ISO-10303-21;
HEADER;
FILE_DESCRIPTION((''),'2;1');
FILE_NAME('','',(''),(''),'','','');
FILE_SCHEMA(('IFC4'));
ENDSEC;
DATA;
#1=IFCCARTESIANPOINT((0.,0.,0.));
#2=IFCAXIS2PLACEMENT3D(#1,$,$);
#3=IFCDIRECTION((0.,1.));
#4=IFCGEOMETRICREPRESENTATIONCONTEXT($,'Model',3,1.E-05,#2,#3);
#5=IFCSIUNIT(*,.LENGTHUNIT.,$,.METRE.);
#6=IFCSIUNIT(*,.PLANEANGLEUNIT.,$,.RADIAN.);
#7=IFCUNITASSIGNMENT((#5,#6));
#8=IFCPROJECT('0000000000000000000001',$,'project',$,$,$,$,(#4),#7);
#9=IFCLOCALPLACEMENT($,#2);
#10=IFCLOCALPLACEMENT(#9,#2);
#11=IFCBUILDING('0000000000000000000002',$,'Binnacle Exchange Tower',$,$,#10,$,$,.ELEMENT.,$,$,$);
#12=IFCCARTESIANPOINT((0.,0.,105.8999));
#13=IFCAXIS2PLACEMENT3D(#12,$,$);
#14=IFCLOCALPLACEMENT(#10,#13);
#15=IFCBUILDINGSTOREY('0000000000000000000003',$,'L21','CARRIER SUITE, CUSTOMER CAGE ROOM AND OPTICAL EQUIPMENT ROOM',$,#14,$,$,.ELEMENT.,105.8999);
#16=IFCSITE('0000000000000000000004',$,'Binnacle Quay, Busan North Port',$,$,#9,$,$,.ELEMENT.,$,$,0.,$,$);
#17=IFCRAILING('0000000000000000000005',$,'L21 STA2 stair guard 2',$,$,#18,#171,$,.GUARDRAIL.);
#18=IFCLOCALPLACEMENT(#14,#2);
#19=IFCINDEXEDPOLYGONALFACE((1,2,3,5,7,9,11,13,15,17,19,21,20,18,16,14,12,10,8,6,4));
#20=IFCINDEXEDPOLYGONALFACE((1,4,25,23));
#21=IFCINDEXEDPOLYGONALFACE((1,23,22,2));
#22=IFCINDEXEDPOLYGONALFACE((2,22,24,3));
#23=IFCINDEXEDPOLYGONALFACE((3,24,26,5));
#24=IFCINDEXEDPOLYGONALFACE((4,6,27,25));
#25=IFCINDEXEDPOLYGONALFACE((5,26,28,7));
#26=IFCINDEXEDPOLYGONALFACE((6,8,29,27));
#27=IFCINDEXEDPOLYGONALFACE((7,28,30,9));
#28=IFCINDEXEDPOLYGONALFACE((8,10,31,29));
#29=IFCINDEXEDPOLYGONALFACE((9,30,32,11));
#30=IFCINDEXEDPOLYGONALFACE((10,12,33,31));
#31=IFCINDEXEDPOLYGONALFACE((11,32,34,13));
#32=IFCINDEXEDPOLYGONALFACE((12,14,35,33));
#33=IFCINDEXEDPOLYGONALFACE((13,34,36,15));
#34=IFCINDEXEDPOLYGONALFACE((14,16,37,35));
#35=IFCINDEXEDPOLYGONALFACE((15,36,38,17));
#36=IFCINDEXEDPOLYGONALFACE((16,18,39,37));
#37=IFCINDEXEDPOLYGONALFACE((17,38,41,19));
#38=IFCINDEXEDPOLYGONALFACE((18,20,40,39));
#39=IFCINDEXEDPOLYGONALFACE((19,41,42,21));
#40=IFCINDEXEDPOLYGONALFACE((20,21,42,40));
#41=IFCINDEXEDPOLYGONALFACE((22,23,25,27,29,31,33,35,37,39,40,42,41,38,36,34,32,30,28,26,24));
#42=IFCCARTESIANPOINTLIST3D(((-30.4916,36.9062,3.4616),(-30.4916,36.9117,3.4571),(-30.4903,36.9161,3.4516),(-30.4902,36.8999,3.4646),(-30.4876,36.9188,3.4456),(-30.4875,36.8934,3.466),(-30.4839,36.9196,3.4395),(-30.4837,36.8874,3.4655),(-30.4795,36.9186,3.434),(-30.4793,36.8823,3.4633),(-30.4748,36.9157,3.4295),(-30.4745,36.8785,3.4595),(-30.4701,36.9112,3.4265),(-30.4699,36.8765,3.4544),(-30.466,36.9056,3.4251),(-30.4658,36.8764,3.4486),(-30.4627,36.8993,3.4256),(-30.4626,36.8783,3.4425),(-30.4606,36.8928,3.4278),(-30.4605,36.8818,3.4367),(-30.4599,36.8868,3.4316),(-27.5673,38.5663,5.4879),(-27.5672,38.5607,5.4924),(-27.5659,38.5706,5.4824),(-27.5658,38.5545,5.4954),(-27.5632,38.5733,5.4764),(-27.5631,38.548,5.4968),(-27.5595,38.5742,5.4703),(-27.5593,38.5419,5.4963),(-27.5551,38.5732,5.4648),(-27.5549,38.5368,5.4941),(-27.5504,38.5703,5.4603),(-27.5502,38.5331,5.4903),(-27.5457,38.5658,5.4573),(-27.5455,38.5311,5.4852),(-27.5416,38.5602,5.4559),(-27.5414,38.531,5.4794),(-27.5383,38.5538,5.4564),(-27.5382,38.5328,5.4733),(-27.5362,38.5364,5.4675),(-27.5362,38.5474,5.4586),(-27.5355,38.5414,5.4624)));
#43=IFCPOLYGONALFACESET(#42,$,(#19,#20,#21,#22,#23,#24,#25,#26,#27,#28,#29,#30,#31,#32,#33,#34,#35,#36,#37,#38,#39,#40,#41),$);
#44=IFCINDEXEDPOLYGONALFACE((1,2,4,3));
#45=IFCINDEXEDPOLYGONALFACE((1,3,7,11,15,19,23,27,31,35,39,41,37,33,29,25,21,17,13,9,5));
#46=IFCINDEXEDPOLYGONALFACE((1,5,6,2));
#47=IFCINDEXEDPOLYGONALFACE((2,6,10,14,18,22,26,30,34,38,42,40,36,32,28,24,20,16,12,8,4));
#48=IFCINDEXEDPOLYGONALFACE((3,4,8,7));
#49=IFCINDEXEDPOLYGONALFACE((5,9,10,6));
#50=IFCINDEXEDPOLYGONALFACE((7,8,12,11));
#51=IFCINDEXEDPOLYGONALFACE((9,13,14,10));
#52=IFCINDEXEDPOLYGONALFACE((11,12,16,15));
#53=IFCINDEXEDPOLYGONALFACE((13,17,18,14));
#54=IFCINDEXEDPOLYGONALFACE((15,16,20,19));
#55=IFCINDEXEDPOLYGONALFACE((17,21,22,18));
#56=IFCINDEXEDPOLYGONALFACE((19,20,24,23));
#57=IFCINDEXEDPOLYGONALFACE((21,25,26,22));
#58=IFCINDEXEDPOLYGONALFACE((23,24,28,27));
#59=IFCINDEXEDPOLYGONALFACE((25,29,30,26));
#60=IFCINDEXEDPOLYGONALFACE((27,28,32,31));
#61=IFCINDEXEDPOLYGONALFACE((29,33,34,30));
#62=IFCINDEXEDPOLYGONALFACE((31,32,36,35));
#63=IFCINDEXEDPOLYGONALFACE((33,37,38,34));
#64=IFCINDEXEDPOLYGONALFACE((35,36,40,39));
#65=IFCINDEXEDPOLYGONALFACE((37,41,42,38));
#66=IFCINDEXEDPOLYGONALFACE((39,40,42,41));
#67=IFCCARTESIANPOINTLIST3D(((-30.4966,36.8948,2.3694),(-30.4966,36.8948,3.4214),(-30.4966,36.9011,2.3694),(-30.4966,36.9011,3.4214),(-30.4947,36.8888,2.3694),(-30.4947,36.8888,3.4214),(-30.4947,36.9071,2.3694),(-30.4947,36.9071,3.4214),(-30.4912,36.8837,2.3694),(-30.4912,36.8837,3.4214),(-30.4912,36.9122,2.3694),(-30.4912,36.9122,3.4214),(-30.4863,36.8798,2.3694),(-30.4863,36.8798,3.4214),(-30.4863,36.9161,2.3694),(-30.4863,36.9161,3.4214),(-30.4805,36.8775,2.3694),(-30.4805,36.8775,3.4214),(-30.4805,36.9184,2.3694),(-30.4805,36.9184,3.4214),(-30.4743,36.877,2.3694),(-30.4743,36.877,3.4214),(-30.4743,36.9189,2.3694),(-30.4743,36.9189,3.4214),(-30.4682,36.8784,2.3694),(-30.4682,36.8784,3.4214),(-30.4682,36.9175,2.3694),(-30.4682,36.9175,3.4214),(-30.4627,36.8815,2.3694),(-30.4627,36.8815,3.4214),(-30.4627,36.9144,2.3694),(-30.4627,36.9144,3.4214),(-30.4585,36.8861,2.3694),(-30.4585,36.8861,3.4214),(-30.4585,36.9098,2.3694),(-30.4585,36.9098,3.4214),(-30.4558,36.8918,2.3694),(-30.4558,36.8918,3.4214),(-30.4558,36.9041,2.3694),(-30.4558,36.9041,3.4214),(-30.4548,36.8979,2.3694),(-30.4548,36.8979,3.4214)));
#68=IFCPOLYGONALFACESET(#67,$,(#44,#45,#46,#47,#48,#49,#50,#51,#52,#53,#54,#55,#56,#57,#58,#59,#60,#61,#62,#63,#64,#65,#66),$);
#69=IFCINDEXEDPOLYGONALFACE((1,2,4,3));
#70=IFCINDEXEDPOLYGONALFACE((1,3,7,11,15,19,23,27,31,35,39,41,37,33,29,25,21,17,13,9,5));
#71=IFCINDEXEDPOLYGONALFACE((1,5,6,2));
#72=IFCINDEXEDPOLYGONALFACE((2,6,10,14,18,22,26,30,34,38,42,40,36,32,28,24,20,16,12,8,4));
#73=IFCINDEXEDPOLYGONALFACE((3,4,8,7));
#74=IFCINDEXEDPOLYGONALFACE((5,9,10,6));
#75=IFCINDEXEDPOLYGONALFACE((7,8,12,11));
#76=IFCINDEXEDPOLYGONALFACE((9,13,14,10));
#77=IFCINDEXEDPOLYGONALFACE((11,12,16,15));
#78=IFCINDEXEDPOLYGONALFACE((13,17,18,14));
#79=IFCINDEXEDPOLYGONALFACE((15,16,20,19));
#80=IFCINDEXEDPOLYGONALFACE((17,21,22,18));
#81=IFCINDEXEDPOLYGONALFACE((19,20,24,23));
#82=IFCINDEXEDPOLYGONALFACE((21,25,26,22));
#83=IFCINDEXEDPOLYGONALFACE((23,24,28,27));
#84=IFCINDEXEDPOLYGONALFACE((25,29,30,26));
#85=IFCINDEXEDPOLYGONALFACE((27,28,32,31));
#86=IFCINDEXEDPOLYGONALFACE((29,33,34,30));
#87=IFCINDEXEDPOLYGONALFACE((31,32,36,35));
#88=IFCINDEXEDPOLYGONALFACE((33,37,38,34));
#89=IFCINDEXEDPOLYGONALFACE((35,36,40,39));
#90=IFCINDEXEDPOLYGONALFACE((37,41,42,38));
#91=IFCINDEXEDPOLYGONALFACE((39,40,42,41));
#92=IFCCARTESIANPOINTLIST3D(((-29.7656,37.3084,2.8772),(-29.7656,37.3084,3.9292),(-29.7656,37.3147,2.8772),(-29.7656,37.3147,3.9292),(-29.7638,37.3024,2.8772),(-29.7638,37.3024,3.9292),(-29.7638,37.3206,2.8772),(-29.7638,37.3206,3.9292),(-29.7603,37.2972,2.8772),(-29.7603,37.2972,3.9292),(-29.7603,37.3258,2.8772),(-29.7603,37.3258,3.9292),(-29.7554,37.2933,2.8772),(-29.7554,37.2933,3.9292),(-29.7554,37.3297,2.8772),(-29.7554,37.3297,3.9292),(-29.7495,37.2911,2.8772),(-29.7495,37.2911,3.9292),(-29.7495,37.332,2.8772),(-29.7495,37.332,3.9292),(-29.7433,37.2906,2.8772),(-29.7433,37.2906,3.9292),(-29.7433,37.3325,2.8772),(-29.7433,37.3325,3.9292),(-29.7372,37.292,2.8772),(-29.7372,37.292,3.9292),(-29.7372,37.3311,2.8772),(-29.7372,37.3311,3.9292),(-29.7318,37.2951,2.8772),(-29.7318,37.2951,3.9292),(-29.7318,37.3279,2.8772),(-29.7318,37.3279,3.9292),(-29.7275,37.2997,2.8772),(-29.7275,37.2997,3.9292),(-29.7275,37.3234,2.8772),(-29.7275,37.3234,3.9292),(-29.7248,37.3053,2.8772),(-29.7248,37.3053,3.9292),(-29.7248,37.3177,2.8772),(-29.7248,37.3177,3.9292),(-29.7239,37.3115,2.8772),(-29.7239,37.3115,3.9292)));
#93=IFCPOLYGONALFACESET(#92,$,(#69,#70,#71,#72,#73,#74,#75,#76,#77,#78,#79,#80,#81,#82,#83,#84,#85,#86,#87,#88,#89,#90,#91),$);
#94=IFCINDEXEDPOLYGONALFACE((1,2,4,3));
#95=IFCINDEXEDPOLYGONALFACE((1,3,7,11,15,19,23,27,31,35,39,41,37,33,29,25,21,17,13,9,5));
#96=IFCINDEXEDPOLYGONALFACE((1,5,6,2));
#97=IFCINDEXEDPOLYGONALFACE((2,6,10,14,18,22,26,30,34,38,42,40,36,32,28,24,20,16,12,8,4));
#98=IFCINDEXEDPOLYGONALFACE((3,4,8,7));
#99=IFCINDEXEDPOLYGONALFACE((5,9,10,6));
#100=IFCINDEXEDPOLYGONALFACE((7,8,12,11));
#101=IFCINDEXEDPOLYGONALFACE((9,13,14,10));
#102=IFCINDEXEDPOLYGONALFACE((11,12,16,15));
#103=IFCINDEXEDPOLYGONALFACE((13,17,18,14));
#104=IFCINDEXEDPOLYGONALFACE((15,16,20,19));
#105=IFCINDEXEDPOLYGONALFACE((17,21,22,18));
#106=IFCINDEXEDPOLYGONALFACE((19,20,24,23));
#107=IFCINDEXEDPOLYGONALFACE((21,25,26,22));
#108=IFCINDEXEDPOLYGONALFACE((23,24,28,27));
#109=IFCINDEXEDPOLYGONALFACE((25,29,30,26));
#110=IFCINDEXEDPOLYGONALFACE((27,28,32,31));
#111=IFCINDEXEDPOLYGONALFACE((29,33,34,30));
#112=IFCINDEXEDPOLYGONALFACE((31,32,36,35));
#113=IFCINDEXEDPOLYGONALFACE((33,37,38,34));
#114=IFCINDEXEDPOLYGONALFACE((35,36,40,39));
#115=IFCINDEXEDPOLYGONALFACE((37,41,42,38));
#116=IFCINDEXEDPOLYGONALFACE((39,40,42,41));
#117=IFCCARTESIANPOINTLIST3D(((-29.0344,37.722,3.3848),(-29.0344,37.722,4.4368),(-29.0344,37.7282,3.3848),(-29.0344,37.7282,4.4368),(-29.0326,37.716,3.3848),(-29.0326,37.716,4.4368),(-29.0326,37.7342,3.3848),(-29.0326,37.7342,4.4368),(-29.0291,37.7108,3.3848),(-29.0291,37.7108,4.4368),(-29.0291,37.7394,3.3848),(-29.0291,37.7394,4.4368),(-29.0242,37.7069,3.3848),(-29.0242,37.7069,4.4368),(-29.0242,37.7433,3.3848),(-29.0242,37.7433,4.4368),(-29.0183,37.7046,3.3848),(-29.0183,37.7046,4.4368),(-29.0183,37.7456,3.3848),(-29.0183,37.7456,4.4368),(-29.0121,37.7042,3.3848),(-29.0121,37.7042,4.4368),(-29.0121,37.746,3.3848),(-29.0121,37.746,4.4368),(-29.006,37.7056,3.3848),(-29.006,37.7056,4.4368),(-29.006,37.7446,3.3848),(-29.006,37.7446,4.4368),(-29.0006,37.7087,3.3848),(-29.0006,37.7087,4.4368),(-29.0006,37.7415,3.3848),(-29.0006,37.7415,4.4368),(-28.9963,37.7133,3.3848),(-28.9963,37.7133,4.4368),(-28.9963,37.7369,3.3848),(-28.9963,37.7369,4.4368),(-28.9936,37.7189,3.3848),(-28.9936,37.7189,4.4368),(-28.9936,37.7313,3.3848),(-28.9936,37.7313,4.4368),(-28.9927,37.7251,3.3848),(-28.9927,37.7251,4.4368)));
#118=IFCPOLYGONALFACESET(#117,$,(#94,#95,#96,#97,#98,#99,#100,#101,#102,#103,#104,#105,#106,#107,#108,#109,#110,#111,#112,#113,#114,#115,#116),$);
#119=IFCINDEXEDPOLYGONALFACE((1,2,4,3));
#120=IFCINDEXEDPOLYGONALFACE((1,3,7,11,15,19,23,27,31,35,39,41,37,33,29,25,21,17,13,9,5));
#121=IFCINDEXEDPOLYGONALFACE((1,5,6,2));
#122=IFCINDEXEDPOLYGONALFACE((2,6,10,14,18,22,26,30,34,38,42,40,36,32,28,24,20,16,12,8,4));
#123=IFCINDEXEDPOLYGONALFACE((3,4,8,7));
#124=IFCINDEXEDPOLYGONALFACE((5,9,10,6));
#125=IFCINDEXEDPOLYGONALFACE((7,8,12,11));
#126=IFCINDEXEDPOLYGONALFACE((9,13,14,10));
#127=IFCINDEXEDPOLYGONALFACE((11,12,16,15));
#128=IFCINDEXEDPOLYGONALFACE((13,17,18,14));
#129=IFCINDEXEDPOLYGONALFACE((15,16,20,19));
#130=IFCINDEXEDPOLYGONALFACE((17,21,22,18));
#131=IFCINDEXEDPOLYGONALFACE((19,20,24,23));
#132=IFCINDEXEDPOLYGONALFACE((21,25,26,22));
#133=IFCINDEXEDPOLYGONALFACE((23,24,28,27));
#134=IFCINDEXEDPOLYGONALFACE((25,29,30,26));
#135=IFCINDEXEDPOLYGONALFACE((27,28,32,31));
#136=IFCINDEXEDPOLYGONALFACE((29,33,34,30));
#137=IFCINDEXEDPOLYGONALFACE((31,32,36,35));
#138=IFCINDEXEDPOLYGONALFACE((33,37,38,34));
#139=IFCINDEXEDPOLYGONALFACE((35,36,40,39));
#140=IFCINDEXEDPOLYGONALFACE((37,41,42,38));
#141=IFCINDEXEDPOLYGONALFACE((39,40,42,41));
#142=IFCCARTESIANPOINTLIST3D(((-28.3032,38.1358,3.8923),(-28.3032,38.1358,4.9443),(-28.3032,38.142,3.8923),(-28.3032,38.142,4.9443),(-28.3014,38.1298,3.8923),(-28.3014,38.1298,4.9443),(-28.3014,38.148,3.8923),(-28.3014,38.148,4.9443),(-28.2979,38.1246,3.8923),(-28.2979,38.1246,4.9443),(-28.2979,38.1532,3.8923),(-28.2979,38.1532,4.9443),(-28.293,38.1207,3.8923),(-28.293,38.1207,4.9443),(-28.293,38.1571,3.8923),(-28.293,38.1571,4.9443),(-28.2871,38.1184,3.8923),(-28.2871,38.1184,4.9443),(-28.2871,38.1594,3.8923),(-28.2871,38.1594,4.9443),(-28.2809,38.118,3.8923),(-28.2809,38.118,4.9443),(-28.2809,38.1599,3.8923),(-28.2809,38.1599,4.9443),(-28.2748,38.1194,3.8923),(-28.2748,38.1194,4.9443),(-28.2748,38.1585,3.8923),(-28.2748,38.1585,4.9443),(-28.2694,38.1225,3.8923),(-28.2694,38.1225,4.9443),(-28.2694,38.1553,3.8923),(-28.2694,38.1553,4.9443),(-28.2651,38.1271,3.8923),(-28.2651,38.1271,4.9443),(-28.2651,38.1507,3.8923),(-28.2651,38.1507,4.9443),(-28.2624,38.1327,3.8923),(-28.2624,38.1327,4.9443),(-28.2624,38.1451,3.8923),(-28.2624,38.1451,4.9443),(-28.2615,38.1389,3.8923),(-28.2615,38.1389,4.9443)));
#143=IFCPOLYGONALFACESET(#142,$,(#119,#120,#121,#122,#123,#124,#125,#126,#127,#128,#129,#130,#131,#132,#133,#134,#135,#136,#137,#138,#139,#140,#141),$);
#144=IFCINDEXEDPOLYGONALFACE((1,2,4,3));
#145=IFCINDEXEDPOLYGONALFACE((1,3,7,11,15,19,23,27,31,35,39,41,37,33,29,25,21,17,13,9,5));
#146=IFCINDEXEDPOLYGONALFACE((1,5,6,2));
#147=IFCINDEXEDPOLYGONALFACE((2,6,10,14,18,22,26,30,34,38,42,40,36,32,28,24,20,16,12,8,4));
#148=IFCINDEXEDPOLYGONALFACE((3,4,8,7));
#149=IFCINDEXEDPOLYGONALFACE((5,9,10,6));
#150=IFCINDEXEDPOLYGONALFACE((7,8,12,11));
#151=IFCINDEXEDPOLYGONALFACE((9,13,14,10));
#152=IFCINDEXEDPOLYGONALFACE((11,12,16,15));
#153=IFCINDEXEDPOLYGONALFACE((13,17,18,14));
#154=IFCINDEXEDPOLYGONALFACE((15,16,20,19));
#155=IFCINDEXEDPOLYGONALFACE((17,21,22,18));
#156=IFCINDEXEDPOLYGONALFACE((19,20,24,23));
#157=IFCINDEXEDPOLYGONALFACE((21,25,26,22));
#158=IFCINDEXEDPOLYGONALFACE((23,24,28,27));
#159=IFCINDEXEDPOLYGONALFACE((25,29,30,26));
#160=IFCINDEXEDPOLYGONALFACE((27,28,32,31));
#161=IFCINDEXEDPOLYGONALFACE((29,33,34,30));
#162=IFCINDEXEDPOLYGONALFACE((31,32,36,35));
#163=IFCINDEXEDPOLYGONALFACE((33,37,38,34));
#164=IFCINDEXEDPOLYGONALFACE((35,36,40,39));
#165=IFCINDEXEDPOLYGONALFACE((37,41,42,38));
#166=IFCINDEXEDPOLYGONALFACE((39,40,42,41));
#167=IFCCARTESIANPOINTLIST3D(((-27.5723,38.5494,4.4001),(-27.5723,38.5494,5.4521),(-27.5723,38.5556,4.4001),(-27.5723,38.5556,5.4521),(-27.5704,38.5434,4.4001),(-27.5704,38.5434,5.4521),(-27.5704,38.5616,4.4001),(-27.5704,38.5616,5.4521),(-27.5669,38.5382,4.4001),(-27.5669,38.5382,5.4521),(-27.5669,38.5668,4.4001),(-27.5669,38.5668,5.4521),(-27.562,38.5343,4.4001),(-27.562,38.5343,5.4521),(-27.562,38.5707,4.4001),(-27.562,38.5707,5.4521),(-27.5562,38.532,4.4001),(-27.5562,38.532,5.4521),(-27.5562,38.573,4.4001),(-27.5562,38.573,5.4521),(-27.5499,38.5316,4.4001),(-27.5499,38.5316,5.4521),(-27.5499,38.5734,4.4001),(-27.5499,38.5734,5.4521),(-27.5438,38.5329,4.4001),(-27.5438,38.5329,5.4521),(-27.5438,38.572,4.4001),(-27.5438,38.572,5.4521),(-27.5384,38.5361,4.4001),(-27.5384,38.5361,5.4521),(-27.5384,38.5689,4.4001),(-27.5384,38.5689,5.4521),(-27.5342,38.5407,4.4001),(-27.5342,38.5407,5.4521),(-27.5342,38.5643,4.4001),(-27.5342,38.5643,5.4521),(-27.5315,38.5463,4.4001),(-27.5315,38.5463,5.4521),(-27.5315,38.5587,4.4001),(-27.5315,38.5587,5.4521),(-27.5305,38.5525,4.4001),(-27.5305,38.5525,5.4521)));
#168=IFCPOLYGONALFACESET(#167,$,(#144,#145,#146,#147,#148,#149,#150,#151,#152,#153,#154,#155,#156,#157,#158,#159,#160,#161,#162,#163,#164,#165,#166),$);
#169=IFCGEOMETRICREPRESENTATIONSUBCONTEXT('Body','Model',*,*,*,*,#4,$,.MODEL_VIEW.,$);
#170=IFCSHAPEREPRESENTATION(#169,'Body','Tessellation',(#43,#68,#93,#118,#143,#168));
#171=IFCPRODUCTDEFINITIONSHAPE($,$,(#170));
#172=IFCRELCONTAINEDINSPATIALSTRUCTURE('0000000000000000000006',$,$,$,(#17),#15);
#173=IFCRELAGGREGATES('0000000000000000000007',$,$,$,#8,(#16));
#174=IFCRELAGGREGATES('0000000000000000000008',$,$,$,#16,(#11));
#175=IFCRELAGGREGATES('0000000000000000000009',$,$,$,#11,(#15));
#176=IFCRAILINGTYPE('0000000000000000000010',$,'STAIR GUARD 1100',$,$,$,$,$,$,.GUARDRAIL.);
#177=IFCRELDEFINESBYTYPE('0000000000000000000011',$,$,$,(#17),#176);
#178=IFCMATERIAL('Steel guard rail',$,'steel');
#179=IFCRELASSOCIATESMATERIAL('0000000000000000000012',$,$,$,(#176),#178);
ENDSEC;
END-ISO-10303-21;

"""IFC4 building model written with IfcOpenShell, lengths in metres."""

from ifc_helpers import new_model, si_unit, direction, frame, origin, origin_2d, place, context, subcontext, project, spatial, circle, extrude, material, type_object, element, save


model = new_model("IFC4")

# Units and contexts
model_context = context("Model", 3, precision=1e-05, world=origin(), true_north=direction((0.0, 1.0)))
body_context = subcontext(model_context, "Body", "Model", "MODEL_VIEW")
ifc_project = project(units=[si_unit("LENGTHUNIT", "METRE"), si_unit("PLANEANGLEUNIT", "RADIAN")], contexts=[model_context])

# Site, building, storey
site_placement = place(None, origin())
site = spatial("IfcSite", under=ifc_project, at=site_placement, Name="Binnacle Quay, Busan North Port", CompositionType="ELEMENT", RefElevation=0.0)
building_placement = place(site_placement, origin())
building = spatial("IfcBuilding", under=site, at=building_placement, Name="Binnacle Exchange Tower", CompositionType="ELEMENT")
storey_placement = place(building_placement, frame((0.0, 0.0, 105.8999)))
storey = spatial("IfcBuildingStorey", under=building, at=storey_placement, Name="L21", Description="CARRIER SUITE, CUSTOMER CAGE ROOM AND OPTICAL EQUIPMENT ROOM", CompositionType="ELEMENT", Elevation=105.8999)

# Railing
ifc_material_1 = material(Name="Steel guard rail", Category="steel")
railing_type_1 = type_object("IfcRailingType", Name="STAIR GUARD 1100", PredefinedType="GUARDRAIL", material=ifc_material_1)
railing_1_placement = place(storey_placement, frame((-30.4758, 36.8979, 2.3694)))
element("IfcRailing", 1, at=railing_1_placement, inside=storey, type_object=railing_type_1, Name="L21 STA2 stair guard 2", PredefinedType="GUARDRAIL", context=body_context, shape_type="SweptSolid", body=[
    extrude(circle(Radius=0.0239, at=origin_2d()), frame((0.0, 0.0, 1.0762), z_axis=(0.744867, 0.421437, 0.517266), x_axis=(-0.492433, 0.87035, 0.0)), (0.0, 0.0, 1.0), 3.926),
    extrude(circle(Radius=0.021, at=origin_2d()), origin(), (0.0, 0.0, 1.0), 1.052),
    extrude(circle(Radius=0.021, at=origin_2d()), frame((0.731, 0.4136, 0.5078)), (0.0, 0.0, 1.0), 1.052),
    extrude(circle(Radius=0.021, at=origin_2d()), frame((1.4622, 0.8271, 1.0154)), (0.0, 0.0, 1.0), 1.052),
    extrude(circle(Radius=0.021, at=origin_2d()), frame((2.1934, 1.241, 1.5229)), (0.0, 0.0, 1.0), 1.052),
    extrude(circle(Radius=0.021, at=origin_2d()), frame((2.9243, 1.6545, 2.0308)), (0.0, 0.0, 1.0), 1.052),
])

save(model, "model.ifc")
